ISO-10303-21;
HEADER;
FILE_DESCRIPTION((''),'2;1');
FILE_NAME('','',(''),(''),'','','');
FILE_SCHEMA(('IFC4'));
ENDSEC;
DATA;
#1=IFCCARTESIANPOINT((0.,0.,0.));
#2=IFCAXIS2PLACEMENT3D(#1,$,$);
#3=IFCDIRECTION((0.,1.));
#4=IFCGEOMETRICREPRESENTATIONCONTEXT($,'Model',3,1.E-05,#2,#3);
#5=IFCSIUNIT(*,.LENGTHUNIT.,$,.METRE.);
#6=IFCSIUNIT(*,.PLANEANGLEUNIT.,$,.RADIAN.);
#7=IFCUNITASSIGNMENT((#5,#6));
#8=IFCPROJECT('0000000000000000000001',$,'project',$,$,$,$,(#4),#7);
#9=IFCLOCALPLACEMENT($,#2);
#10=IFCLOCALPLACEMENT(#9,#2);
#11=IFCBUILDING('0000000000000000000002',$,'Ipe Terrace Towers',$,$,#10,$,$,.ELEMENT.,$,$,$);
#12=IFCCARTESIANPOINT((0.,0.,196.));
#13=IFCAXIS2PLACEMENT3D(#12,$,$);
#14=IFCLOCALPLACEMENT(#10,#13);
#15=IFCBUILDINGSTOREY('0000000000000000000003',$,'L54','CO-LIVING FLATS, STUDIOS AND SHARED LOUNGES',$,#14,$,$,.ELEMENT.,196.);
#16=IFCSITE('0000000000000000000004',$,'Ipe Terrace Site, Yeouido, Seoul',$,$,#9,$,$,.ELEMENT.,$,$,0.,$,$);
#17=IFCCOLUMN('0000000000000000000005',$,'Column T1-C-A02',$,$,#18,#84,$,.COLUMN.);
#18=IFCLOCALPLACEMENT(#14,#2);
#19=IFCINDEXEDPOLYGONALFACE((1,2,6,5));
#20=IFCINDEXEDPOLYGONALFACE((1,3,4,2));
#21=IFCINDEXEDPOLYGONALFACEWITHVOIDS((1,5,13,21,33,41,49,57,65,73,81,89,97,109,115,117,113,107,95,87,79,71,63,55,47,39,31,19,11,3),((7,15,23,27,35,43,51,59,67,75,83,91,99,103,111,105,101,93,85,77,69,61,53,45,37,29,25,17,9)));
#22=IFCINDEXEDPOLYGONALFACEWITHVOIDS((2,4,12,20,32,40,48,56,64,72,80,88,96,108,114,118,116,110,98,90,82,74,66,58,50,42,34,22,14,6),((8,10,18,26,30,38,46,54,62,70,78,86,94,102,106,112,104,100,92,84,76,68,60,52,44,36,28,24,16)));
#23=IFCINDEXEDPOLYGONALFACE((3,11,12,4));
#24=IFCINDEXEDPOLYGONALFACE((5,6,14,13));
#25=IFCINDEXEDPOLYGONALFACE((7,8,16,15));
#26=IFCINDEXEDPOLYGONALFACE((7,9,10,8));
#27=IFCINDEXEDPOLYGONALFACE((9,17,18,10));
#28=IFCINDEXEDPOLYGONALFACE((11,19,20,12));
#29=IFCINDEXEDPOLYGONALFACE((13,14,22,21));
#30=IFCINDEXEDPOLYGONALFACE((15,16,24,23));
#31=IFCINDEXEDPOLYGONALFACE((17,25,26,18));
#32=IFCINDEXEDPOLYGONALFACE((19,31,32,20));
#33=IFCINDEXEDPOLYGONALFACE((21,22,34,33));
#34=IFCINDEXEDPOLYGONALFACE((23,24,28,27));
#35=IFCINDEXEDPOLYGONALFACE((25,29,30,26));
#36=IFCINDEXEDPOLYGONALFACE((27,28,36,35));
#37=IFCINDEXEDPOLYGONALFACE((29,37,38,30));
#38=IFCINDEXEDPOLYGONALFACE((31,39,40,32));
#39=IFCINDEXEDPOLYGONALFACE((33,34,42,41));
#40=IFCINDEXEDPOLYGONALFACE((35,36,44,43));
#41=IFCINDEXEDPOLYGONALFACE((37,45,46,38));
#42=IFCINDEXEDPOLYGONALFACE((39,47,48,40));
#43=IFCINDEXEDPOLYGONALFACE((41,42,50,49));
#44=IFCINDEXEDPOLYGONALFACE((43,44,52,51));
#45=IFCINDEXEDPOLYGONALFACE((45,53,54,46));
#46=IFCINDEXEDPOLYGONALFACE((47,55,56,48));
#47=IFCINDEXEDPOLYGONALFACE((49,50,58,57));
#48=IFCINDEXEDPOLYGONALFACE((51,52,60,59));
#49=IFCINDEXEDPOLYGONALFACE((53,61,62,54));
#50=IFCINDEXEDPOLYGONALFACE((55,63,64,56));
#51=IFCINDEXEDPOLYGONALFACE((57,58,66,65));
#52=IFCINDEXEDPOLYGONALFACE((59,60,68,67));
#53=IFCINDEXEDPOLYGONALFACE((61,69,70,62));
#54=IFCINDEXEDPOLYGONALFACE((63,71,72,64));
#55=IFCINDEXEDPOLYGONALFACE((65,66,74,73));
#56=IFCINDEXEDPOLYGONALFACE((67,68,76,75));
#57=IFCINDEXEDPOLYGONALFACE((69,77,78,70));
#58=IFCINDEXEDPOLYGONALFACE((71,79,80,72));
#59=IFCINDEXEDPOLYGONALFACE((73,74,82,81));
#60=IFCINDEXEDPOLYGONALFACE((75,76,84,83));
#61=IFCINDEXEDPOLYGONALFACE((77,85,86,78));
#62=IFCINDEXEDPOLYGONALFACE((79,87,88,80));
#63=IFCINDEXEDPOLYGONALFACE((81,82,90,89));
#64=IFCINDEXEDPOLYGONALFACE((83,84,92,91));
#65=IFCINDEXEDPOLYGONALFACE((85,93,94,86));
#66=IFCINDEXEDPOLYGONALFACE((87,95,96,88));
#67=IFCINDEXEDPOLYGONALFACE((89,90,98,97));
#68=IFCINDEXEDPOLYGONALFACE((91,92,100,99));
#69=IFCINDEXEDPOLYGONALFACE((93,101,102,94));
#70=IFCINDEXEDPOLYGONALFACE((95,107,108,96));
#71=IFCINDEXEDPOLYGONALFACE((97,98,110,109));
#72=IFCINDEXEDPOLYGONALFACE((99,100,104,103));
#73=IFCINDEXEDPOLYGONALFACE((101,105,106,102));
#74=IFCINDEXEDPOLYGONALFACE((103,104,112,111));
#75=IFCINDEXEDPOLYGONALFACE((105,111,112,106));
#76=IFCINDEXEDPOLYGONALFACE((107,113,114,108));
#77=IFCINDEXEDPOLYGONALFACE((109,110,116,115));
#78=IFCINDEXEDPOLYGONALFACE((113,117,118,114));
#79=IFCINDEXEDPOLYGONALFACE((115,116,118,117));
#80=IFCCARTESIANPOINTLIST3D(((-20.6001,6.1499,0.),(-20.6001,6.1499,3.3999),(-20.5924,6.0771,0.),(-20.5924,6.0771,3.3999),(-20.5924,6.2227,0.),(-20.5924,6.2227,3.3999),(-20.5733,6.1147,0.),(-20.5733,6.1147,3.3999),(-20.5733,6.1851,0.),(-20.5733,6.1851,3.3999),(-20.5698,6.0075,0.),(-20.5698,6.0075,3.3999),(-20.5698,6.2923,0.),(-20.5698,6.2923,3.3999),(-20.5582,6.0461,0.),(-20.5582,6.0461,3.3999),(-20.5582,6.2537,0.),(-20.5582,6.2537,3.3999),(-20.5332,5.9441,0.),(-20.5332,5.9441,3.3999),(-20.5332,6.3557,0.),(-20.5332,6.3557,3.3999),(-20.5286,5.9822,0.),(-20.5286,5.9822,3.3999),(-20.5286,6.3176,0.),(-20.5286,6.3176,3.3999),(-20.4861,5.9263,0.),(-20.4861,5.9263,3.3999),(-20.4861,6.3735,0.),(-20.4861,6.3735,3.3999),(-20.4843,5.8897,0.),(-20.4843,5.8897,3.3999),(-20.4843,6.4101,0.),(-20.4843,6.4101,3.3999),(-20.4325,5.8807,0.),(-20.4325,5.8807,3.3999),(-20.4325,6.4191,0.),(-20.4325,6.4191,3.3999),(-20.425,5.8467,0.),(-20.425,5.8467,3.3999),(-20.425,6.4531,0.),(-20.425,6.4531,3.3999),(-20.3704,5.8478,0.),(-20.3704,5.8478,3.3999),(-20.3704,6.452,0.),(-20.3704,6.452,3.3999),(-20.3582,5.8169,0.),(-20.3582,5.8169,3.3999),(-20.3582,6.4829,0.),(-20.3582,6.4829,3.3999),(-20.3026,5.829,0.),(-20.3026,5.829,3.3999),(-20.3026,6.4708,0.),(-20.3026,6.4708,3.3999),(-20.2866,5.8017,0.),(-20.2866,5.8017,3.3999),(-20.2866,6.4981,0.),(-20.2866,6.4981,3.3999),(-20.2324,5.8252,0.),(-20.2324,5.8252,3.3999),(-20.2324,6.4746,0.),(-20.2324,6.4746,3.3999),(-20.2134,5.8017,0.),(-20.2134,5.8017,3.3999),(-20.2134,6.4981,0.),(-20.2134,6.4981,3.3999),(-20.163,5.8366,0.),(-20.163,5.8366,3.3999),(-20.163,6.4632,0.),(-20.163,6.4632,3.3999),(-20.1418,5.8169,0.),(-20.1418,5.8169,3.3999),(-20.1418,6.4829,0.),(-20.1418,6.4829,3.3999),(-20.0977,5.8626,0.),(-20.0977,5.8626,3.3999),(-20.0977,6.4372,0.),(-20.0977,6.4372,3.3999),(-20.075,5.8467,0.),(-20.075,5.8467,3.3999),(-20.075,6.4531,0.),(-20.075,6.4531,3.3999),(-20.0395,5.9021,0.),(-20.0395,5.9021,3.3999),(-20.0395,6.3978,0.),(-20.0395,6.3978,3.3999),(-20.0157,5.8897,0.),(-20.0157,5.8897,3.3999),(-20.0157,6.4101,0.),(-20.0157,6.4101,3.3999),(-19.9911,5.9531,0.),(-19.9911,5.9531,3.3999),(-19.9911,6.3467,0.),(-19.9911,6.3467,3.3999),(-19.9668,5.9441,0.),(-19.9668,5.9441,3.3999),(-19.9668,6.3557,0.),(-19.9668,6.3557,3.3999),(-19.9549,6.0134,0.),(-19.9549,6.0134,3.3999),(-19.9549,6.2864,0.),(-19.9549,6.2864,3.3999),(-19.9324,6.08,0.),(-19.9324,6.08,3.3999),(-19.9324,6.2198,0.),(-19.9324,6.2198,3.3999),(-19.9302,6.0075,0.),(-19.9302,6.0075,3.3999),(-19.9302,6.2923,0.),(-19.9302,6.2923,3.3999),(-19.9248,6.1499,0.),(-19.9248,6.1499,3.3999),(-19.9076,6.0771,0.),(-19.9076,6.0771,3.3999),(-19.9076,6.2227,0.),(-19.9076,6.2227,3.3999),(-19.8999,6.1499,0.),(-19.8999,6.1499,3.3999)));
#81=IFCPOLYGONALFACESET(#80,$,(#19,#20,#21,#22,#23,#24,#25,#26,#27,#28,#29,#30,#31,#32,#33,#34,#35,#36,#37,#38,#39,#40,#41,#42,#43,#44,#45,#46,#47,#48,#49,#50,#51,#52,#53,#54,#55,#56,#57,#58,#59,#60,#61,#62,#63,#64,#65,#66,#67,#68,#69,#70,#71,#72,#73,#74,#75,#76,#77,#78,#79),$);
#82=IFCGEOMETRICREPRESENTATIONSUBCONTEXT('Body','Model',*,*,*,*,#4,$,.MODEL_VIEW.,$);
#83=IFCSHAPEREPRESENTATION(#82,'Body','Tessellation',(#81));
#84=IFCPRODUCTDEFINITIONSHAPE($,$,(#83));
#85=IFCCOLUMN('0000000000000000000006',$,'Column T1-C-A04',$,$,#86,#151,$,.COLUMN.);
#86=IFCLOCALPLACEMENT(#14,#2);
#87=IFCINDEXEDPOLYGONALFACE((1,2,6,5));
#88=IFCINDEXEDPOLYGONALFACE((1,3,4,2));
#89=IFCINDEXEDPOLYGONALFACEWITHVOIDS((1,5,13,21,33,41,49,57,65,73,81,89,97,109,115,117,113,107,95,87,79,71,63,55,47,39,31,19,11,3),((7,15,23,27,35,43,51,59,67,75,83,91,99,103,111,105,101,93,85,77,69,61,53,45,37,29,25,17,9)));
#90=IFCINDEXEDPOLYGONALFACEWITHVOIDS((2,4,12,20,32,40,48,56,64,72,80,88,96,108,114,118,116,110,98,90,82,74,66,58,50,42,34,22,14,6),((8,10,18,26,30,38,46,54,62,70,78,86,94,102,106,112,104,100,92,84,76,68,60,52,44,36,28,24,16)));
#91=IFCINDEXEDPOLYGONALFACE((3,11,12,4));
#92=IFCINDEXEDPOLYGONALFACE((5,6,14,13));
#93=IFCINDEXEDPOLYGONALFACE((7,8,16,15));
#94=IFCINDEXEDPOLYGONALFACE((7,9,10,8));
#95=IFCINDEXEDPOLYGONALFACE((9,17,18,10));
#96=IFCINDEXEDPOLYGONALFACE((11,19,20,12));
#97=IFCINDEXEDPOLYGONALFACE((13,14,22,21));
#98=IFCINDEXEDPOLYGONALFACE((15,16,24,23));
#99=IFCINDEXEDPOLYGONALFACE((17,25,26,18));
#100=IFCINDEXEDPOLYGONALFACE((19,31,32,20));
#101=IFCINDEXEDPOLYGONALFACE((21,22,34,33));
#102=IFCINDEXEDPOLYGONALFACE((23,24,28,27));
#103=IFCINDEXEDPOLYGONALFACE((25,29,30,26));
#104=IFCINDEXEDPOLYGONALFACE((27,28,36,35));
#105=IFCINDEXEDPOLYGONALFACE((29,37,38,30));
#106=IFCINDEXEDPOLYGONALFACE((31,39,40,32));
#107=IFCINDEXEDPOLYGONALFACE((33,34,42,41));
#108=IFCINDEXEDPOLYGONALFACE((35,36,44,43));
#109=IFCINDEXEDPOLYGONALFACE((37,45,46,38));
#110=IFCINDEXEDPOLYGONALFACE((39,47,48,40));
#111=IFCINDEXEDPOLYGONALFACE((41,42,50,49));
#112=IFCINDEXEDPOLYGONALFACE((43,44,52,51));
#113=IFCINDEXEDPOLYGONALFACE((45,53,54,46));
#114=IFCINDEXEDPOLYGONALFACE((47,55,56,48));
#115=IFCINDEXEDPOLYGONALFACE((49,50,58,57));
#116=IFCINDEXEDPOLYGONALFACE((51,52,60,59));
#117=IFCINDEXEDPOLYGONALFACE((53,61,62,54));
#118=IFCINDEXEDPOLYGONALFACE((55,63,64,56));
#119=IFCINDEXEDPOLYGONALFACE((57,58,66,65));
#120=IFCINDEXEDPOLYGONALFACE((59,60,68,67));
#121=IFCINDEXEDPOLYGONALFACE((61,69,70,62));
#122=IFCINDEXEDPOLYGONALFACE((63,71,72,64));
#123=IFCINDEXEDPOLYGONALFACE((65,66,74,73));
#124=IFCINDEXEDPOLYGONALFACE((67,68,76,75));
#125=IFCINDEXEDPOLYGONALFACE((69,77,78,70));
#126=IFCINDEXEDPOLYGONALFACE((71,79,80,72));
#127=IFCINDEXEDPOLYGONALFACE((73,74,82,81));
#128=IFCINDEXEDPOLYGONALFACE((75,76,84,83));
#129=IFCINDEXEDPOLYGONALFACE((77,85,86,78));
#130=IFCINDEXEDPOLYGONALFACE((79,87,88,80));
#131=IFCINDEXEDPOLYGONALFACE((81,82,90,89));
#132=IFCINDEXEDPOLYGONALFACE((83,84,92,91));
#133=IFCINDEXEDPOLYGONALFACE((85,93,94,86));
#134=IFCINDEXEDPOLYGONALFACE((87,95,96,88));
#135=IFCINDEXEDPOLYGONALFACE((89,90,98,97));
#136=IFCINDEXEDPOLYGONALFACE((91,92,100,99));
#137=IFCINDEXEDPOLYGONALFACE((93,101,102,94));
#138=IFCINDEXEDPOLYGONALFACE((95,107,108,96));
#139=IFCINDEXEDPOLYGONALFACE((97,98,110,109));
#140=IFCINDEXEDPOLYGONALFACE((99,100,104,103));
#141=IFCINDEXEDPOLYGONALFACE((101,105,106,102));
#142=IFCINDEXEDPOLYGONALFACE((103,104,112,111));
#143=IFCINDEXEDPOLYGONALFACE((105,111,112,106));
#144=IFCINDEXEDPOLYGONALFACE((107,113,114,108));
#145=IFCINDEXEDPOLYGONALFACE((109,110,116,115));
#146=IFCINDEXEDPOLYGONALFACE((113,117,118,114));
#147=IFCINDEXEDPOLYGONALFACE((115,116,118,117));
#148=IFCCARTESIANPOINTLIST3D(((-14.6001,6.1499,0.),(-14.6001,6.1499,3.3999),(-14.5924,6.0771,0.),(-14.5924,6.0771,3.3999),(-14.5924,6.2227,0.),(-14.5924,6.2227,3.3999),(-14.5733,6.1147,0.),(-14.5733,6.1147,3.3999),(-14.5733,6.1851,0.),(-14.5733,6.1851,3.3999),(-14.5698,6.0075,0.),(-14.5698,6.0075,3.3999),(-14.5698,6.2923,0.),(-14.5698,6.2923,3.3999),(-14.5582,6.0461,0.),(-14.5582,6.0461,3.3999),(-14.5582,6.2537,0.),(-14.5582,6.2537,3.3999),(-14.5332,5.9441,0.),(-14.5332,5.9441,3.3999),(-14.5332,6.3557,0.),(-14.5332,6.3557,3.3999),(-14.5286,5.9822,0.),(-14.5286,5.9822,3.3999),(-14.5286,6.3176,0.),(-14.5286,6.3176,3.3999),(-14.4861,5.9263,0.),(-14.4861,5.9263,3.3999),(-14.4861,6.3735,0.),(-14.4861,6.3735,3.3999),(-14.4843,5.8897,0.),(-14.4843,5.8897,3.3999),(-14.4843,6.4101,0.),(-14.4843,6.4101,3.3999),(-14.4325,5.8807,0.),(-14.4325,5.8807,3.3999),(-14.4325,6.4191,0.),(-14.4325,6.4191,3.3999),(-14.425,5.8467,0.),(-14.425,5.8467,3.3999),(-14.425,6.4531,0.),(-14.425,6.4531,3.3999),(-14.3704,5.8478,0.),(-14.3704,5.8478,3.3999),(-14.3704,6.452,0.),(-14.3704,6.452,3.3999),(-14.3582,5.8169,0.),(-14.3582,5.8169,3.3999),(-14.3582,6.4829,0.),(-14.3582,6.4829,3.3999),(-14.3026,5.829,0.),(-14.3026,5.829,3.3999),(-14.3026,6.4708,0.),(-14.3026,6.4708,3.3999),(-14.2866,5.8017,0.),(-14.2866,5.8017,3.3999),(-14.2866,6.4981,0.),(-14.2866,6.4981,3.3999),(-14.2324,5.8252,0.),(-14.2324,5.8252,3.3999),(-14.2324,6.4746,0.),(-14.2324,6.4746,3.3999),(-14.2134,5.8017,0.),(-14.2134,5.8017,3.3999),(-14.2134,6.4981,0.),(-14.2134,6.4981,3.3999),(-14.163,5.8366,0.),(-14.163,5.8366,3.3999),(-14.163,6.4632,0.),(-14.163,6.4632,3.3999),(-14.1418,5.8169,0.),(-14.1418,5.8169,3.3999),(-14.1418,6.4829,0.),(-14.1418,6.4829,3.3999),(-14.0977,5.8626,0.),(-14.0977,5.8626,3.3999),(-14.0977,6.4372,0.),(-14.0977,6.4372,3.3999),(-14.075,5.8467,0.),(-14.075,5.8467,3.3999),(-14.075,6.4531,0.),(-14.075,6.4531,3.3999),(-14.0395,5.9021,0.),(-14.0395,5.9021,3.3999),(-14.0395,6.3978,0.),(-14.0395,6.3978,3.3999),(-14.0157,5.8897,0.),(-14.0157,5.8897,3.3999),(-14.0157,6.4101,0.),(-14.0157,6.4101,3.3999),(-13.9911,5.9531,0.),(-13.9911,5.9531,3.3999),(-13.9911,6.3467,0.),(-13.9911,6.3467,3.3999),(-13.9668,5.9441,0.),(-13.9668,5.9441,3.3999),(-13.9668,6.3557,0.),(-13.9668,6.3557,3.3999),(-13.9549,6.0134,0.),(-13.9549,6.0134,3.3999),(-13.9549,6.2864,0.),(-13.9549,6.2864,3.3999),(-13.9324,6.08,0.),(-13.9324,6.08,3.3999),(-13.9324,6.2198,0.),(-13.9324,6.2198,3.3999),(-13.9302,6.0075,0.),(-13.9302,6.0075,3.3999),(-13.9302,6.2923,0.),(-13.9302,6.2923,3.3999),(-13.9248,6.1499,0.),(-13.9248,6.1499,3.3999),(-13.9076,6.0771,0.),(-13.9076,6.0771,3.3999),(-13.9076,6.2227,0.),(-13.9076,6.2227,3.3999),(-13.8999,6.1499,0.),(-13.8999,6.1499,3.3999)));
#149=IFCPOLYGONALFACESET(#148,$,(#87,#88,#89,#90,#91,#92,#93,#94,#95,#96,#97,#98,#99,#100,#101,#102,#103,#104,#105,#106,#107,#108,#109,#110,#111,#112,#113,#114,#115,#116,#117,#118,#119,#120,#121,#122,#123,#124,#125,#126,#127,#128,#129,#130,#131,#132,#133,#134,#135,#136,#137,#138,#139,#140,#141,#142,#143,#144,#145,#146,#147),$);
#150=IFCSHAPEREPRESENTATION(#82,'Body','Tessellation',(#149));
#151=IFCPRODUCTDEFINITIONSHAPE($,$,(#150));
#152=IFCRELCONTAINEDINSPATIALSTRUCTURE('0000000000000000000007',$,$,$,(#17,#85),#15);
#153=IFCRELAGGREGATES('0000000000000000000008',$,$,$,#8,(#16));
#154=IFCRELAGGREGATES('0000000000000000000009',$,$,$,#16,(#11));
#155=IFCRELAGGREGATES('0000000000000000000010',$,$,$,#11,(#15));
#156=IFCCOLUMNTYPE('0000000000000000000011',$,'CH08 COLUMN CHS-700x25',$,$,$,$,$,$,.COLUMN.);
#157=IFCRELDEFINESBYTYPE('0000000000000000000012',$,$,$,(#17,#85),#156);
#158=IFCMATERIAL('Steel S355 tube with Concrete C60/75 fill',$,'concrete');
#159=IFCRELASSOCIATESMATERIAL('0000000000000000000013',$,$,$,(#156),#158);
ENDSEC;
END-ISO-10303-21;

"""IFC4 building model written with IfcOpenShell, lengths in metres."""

from ifc_helpers import new_model, si_unit, direction, frame, origin, origin_2d, place, context, subcontext, project, spatial, hollow_circle, extrude, material, material_profile, profile_set, type_object, element, save


model = new_model("IFC4")

# Units and contexts
model_context = context("Model", 3, precision=1e-05, world=origin(), true_north=direction((0.0, 1.0)))
body_context = subcontext(model_context, "Body", "Model", "MODEL_VIEW")
ifc_project = project(units=[si_unit("LENGTHUNIT", "METRE"), si_unit("PLANEANGLEUNIT", "RADIAN")], contexts=[model_context])

# Site, building, storey
site_placement = place(None, origin())
site = spatial("IfcSite", under=ifc_project, at=site_placement, Name="Ipe Terrace Site, Yeouido, Seoul", CompositionType="ELEMENT", RefElevation=0.0)
building_placement = place(site_placement, origin())
building = spatial("IfcBuilding", under=site, at=building_placement, Name="Ipe Terrace Towers", CompositionType="ELEMENT")
storey_placement = place(building_placement, frame((0.0, 0.0, 196.0)))
storey = spatial("IfcBuildingStorey", under=building, at=storey_placement, Name="L54", Description="CO-LIVING FLATS, STUDIOS AND SHARED LOUNGES", CompositionType="ELEMENT", Elevation=196.0)

# Columns
ifc_material_1 = material(Name="Steel S355 tube with Concrete C60/75 fill", Category="concrete")
ifc_material_profile_1 = material_profile(ifc_material_1, hollow_circle(Radius=0.3501, WallThickness=0.0249, at=origin_2d()), Name="CHS-700x25")
ifc_profile_set_1 = profile_set([ifc_material_profile_1], Name="Steel S355 tube with Concrete C60/75 fill")
column_type = type_object("IfcColumnType", Name="CH08 COLUMN CHS-700x25", PredefinedType="COLUMN", material=ifc_profile_set_1)
for number, where, z_axis, x_axis, name in (
    (1, (-20.25, 6.1499, 0.0), (0.0, 0.0, 1.0), (1.0, 0.0, 0.0), "Column T1-C-A02"),
    (2, (-14.25, 6.1499, 0.0), (0.0, 0.0, 1.0), (1.0, 0.0, 0.0), "Column T1-C-A04"),
):
    element("IfcColumn", number, at=place(storey_placement, frame(where, z_axis=z_axis, x_axis=x_axis)), inside=storey, type_object=column_type, Name=name, PredefinedType="COLUMN", context=body_context, shape_type="SweptSolid", body=[
        extrude(hollow_circle(Radius=0.3501, WallThickness=0.0249, at=origin_2d()), origin(), (0.0, 0.0, 1.0), 3.3999),
    ])

save(model, "model.ifc")
